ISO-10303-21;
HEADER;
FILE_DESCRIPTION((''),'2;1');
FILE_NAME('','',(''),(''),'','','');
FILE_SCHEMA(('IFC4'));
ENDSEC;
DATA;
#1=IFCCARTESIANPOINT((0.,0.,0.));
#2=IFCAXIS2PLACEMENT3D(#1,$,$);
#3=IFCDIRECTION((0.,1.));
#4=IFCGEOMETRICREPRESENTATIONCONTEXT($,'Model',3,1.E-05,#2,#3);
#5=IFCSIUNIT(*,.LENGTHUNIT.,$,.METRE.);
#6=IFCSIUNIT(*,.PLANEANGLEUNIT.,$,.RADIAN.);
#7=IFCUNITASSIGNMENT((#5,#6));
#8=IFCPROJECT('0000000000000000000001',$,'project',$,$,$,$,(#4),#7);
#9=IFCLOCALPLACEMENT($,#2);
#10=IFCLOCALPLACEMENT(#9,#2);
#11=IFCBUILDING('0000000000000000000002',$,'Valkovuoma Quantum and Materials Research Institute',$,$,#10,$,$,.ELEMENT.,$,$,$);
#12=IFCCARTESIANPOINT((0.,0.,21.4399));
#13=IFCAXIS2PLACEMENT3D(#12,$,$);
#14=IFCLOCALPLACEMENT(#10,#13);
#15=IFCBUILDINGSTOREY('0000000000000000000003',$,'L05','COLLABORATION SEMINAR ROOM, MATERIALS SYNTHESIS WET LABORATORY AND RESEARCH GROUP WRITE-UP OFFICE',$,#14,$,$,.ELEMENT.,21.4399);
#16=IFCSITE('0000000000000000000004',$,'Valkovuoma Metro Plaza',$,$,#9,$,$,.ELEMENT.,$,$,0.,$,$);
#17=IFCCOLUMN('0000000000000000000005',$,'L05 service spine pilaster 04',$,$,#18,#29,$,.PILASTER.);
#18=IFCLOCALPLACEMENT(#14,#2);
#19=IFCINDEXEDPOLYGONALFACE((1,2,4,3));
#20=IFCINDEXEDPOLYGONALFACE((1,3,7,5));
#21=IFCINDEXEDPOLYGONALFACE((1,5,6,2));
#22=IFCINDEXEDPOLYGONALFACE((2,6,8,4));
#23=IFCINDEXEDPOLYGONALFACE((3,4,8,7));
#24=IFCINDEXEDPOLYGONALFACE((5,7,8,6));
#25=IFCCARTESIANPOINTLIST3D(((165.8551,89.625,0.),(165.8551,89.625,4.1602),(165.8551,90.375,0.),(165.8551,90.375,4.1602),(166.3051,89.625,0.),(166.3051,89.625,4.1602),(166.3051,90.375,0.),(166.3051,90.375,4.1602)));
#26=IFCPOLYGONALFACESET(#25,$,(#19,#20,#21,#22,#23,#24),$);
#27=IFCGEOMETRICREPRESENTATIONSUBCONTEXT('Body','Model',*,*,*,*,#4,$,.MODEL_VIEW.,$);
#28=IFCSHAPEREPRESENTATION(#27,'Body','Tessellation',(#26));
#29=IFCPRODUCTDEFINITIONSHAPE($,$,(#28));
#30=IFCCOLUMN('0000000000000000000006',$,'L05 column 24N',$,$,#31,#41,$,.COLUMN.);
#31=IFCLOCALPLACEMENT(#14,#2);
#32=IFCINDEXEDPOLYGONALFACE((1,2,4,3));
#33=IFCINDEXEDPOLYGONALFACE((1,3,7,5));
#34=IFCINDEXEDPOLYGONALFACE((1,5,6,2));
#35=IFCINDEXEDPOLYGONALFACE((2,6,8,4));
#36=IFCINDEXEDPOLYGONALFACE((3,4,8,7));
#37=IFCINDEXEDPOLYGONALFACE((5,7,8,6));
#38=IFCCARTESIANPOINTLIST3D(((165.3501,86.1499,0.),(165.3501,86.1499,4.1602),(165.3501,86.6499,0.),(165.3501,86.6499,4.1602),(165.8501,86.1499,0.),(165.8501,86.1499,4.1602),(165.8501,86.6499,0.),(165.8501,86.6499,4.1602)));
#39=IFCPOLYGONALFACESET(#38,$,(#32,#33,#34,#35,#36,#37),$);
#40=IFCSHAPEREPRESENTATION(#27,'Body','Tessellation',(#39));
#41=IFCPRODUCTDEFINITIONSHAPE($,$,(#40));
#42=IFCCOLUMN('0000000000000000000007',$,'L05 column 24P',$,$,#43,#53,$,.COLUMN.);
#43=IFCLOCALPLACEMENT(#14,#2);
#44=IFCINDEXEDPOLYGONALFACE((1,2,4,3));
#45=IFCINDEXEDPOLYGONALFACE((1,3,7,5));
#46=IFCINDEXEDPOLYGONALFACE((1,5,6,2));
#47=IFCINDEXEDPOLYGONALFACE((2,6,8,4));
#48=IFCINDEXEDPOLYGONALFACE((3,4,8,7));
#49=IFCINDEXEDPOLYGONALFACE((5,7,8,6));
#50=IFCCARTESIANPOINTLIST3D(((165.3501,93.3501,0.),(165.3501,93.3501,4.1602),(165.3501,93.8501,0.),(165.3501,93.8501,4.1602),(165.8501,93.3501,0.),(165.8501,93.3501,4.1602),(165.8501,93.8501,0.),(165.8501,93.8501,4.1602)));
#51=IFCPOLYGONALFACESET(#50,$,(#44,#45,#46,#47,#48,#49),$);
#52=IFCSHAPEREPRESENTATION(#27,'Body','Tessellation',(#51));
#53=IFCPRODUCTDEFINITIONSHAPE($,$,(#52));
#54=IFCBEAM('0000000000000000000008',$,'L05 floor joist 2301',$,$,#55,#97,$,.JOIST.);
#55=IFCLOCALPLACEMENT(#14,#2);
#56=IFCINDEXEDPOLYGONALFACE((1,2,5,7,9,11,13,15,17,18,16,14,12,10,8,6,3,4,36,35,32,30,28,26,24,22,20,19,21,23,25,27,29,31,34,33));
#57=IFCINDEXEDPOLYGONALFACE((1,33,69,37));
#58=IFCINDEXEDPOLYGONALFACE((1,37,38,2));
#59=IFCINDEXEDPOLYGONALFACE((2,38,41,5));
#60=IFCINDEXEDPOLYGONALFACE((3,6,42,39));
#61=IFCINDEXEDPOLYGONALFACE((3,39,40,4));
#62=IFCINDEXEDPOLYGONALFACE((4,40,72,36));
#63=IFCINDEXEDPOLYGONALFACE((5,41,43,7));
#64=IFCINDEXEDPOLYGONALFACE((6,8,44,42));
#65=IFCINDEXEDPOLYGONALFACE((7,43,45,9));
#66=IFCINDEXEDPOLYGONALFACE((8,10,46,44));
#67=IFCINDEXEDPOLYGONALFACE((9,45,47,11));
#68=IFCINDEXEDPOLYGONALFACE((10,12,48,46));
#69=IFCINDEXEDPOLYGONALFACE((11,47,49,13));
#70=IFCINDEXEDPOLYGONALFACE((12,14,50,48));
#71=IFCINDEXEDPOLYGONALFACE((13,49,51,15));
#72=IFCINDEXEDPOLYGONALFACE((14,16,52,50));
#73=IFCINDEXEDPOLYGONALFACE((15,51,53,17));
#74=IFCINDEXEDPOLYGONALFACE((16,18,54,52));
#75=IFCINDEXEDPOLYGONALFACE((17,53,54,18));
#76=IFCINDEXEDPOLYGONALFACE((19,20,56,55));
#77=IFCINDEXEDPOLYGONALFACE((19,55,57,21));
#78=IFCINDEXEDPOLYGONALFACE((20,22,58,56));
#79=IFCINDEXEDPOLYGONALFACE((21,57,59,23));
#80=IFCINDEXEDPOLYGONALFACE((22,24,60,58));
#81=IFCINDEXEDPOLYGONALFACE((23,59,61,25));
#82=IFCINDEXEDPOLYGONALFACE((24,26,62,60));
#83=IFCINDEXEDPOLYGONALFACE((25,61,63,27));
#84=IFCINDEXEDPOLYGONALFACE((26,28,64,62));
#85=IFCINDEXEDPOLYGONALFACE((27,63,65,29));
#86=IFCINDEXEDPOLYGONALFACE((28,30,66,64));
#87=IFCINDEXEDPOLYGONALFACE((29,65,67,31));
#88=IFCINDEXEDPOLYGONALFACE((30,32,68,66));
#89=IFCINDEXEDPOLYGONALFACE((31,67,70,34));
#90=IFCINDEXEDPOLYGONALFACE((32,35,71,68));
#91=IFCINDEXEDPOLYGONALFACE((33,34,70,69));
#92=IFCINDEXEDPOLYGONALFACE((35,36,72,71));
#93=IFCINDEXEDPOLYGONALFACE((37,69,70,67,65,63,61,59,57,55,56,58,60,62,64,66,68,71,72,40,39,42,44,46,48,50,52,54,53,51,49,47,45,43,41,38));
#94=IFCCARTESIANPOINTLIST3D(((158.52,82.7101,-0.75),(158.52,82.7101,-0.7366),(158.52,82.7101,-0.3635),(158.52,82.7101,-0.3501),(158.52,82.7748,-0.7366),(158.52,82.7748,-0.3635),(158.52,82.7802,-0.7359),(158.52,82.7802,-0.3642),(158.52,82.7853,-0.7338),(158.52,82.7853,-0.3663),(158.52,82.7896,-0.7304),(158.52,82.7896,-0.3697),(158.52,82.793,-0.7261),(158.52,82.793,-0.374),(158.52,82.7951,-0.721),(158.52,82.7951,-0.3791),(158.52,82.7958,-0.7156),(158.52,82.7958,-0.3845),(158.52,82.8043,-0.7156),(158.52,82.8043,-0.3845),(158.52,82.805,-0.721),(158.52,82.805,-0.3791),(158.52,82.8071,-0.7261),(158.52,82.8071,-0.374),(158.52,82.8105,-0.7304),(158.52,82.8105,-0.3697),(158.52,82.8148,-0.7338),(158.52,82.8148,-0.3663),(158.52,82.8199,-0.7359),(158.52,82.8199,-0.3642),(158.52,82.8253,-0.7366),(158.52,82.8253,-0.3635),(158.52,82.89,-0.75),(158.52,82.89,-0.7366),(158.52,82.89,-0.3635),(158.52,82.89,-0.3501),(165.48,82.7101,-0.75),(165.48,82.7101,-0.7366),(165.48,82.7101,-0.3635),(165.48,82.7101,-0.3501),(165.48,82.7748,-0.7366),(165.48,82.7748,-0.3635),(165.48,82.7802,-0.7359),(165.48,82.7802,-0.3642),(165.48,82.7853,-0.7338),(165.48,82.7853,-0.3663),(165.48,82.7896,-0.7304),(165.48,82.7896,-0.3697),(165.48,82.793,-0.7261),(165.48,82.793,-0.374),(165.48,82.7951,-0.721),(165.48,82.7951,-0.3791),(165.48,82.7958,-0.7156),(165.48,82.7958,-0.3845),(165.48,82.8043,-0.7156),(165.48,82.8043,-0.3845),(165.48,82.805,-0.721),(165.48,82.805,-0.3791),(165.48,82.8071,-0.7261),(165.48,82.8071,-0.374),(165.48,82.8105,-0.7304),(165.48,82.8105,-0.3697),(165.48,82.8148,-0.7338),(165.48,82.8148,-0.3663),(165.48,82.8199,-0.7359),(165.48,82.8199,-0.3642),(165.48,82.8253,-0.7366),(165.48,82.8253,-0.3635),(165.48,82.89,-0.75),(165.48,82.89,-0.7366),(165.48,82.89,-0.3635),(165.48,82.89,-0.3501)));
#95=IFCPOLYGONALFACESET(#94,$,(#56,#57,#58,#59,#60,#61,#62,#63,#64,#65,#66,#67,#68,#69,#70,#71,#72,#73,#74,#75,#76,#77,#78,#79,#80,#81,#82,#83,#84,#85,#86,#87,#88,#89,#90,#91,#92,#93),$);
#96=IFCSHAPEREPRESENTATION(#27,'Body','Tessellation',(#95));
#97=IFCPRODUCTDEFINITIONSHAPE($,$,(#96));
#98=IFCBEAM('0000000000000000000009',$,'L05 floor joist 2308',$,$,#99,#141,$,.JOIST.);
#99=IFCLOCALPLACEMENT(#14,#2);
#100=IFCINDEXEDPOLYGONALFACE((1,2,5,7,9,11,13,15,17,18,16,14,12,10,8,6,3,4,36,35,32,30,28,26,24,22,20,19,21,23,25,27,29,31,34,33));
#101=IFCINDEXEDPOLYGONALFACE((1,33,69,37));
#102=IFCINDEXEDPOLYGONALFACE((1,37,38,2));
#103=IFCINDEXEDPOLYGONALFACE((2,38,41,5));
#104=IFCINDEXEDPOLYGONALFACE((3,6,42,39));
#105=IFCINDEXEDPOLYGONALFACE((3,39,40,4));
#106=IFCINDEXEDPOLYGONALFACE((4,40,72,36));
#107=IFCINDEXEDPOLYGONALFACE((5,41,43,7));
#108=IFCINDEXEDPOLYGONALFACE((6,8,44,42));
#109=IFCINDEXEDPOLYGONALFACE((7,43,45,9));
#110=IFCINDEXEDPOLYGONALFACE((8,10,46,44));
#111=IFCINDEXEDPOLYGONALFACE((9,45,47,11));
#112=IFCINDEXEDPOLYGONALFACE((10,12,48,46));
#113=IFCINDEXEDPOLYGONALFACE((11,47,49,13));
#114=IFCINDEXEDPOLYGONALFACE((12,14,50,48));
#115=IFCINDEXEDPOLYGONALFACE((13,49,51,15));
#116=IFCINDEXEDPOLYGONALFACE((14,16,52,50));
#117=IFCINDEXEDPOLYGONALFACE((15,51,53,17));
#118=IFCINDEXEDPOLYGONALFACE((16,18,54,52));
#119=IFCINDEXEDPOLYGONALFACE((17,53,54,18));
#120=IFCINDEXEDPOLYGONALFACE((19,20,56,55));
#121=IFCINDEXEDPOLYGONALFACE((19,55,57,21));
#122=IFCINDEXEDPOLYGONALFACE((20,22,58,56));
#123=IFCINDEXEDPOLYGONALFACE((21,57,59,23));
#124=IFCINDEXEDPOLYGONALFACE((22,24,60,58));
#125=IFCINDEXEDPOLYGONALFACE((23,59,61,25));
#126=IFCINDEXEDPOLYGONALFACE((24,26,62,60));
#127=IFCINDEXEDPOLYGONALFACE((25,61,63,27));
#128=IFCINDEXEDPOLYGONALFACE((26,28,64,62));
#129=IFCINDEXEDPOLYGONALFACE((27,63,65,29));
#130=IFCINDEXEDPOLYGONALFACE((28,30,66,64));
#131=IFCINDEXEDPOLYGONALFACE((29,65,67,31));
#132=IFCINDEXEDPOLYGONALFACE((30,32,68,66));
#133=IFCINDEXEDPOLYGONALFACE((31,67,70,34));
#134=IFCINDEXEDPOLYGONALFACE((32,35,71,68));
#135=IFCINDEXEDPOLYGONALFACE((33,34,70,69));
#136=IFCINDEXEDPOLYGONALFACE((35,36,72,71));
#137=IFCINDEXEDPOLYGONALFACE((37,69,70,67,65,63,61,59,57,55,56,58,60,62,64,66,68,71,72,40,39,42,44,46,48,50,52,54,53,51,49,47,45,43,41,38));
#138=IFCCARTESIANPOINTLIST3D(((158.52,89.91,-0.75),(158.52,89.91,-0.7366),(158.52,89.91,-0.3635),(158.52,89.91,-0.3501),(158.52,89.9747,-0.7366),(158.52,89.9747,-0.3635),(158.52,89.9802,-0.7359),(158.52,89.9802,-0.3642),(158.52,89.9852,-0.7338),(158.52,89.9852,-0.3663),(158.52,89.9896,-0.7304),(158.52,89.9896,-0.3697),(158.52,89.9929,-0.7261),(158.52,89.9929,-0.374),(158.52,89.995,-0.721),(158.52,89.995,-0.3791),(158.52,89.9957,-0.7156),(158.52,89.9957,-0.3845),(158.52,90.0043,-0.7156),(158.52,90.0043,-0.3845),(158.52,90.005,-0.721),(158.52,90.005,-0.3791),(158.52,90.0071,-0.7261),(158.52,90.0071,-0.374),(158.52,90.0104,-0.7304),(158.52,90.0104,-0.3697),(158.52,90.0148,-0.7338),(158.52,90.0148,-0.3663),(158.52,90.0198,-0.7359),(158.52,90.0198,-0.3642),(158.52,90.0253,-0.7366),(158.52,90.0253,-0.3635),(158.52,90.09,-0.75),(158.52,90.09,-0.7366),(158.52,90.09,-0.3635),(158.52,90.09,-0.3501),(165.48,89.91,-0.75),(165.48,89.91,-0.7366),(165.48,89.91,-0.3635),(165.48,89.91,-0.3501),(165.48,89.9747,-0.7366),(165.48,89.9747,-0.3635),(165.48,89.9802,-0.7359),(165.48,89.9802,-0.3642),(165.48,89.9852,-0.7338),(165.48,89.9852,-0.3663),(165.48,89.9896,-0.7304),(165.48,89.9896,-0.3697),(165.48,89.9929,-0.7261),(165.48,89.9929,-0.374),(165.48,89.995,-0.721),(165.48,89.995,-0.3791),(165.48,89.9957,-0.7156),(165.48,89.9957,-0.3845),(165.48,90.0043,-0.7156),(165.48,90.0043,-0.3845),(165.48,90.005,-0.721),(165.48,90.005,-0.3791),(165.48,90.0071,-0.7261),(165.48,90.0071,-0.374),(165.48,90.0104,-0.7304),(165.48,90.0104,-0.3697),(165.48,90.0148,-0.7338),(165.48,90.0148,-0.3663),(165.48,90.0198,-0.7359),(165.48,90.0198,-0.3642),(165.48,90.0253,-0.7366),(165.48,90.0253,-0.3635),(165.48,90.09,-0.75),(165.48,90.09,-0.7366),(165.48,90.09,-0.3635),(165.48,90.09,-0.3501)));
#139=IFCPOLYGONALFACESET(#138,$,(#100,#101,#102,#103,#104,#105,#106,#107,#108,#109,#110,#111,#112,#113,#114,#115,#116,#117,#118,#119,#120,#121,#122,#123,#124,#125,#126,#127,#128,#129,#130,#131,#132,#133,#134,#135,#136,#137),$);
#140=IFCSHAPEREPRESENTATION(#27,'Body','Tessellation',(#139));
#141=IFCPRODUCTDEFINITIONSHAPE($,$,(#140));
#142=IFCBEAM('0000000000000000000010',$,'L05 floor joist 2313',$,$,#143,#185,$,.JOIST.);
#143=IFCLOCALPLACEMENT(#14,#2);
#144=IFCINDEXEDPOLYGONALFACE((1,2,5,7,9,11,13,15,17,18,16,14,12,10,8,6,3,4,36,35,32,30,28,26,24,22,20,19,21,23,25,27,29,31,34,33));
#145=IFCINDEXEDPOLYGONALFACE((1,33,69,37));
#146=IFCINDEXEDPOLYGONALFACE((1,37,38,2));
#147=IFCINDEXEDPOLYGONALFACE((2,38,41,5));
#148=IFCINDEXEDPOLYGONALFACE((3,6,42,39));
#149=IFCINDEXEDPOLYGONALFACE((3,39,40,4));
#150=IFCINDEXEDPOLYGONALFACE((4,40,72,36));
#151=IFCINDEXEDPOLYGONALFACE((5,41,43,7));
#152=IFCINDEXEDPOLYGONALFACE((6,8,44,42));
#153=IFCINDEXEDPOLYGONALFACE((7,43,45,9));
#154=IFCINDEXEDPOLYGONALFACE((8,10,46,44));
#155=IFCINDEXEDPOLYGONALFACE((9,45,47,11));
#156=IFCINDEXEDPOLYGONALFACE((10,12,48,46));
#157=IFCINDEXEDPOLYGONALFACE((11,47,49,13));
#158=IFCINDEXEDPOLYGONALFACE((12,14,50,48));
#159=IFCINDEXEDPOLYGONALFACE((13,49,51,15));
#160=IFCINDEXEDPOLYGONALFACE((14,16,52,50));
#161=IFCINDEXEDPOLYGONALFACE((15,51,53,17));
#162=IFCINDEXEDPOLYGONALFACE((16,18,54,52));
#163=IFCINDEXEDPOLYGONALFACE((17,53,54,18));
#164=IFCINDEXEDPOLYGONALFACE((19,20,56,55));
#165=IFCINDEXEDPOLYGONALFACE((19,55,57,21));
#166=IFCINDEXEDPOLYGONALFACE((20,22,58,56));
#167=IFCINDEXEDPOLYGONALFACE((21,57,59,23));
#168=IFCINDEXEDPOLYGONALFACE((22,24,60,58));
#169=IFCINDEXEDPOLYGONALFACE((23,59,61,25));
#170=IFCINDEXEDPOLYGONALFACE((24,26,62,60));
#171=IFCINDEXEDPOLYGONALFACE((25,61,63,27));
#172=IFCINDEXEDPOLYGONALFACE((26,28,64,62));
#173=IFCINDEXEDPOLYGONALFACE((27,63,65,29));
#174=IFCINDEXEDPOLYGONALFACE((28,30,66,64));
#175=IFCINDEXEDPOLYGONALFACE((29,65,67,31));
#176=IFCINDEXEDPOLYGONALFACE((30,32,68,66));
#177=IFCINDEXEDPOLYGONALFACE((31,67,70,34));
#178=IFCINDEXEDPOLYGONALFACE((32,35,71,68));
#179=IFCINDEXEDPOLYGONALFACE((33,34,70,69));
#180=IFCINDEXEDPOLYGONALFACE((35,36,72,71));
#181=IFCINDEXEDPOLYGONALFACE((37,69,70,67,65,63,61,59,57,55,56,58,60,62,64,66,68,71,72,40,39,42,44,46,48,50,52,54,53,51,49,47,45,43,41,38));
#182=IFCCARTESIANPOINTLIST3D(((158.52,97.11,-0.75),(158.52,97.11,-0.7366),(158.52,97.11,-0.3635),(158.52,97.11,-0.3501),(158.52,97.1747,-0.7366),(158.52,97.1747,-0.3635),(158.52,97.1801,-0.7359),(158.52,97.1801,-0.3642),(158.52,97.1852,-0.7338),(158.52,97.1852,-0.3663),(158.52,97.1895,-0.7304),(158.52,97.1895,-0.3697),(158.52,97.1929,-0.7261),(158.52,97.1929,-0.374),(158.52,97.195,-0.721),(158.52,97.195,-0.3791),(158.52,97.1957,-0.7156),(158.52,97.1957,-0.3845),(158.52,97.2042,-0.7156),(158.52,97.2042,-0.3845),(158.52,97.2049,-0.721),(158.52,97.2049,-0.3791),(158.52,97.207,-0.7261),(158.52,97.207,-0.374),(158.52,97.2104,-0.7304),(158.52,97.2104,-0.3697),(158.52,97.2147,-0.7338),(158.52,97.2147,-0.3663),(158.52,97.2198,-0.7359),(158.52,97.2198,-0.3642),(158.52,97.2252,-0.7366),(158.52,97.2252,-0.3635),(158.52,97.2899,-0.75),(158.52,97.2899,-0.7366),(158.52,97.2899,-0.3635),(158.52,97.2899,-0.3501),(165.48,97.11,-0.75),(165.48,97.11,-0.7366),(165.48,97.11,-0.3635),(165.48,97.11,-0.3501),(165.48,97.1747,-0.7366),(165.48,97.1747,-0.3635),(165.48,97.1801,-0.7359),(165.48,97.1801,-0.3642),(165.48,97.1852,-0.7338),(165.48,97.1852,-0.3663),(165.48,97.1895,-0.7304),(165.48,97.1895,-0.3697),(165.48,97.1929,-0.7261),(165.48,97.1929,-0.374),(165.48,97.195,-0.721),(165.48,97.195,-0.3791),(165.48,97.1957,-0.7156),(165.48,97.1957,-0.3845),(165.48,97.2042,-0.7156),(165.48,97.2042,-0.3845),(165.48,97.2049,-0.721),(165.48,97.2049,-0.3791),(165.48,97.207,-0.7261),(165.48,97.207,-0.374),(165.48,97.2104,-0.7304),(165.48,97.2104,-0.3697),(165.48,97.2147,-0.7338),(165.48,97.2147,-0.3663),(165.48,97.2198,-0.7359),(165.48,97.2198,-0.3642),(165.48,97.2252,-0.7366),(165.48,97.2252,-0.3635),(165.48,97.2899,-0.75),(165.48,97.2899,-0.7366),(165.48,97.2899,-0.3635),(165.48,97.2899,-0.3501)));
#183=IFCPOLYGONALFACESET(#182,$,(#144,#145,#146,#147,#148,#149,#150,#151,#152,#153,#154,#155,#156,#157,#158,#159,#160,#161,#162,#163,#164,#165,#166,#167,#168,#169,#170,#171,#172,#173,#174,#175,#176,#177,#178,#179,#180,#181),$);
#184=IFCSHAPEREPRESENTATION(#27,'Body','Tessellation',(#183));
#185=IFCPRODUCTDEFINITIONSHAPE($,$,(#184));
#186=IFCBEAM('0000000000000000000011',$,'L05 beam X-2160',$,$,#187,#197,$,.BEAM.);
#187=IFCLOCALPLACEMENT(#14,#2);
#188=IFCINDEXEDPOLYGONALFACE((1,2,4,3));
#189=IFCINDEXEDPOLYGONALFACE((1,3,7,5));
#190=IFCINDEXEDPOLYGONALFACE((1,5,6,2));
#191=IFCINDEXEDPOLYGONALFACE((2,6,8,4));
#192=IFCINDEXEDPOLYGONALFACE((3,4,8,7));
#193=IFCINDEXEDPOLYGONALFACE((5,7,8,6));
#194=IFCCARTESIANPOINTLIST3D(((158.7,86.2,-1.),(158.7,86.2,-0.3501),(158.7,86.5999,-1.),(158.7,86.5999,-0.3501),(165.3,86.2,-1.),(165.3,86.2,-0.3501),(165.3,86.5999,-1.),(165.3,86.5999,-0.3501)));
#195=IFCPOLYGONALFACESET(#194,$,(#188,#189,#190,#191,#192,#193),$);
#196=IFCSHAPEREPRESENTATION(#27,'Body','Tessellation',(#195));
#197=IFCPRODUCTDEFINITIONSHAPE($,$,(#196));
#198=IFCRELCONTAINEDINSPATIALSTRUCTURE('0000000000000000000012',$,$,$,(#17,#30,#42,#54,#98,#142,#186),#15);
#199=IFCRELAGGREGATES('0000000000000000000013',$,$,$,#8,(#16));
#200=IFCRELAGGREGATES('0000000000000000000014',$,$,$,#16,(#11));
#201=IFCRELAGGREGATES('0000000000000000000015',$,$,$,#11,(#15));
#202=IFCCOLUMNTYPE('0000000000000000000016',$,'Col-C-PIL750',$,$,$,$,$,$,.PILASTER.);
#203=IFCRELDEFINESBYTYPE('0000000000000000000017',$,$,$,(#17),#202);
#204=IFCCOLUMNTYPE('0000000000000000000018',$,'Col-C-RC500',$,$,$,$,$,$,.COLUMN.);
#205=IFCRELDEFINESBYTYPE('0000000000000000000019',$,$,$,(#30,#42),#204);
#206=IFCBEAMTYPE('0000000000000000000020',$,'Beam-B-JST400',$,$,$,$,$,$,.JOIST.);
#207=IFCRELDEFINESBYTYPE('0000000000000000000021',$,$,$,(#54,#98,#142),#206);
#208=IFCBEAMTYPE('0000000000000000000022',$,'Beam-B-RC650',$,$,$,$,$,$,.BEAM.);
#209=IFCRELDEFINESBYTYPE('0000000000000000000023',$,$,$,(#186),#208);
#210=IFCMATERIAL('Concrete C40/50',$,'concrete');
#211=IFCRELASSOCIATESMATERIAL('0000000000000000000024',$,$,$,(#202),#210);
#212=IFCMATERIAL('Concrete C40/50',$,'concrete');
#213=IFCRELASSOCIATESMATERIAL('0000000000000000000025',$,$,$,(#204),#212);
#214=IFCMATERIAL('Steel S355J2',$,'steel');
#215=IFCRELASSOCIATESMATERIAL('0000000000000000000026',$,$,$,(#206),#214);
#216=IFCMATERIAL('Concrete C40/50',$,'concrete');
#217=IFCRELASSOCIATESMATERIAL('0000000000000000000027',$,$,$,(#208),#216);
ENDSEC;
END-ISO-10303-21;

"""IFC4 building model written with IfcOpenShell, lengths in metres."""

from ifc_helpers import new_model, si_unit, direction, frame, origin, origin_2d, place, context, subcontext, project, spatial, rectangle, i_section, extrude, material, material_profile, profile_set, type_object, element, save


model = new_model("IFC4")

# Units and contexts
model_context = context("Model", 3, precision=1e-05, world=origin(), true_north=direction((0.0, 1.0)))
body_context = subcontext(model_context, "Body", "Model", "MODEL_VIEW")
ifc_project = project(units=[si_unit("LENGTHUNIT", "METRE"), si_unit("PLANEANGLEUNIT", "RADIAN")], contexts=[model_context])

# Site, building, storey
site_placement = place(None, origin())
site = spatial("IfcSite", under=ifc_project, at=site_placement, Name="Valkovuoma Metro Plaza", CompositionType="ELEMENT", RefElevation=0.0)
building_placement = place(site_placement, origin())
building = spatial("IfcBuilding", under=site, at=building_placement, Name="Valkovuoma Quantum and Materials Research Institute", CompositionType="ELEMENT")
storey_placement = place(building_placement, frame((0.0, 0.0, 21.4399)))
storey = spatial("IfcBuildingStorey", under=building, at=storey_placement, Name="L05", Description="COLLABORATION SEMINAR ROOM, MATERIALS SYNTHESIS WET LABORATORY AND RESEARCH GROUP WRITE-UP OFFICE", CompositionType="ELEMENT", Elevation=21.4399)

# Columns
ifc_material_1 = material(Name="Concrete C40/50", Category="concrete")
ifc_material_profile_1 = material_profile(ifc_material_1, rectangle(XDim=0.45, YDim=0.75, at=origin_2d()), Name="Concrete C40/50")
ifc_profile_set_1 = profile_set([ifc_material_profile_1], Name="Concrete C40/50")
column_type_1 = type_object("IfcColumnType", Name="Col-C-PIL750", PredefinedType="PILASTER", material=ifc_profile_set_1)
column_placement = place(storey_placement, frame((166.0801, 90.0, 0.0), z_axis=(0.0, 0.0, 1.0), x_axis=(1.0, 0.0, 0.0)))
element("IfcColumn", 1, at=column_placement, inside=storey, type_object=column_type_1, Name="L05 service spine pilaster 04", PredefinedType="PILASTER", context=body_context, shape_type="SweptSolid", body=[
    extrude(rectangle(XDim=0.45, YDim=0.75, at=origin_2d()), origin(), (0.0, 0.0, 1.0), 4.1602),
])
ifc_material_2 = material(Name="Concrete C40/50", Category="concrete")
ifc_material_profile_2 = material_profile(ifc_material_2, rectangle(XDim=0.5, YDim=0.5, at=origin_2d()), Name="Concrete C40/50")
ifc_profile_set_2 = profile_set([ifc_material_profile_2], Name="Concrete C40/50")
column_type_2 = type_object("IfcColumnType", Name="Col-C-RC500", PredefinedType="COLUMN", material=ifc_profile_set_2)
for number, where, z_axis, x_axis, name in (
    (2, (165.6001, 86.3999, 0.0), (0.0, 0.0, 1.0), (1.0, 0.0, 0.0), "L05 column 24N"),
    (3, (165.6001, 93.6001, 0.0), (0.0, 0.0, 1.0), (1.0, 0.0, 0.0), "L05 column 24P"),
):
    element("IfcColumn", number, at=place(storey_placement, frame(where, z_axis=z_axis, x_axis=x_axis)), inside=storey, type_object=column_type_2, Name=name, PredefinedType="COLUMN", context=body_context, shape_type="SweptSolid", body=[
        extrude(rectangle(XDim=0.5, YDim=0.5, at=origin_2d()), origin(), (0.0, 0.0, 1.0), 4.1602),
    ])

# Beams
ifc_material_3 = material(Name="Steel S355J2", Category="steel")
ifc_material_profile_3 = material_profile(ifc_material_3, i_section(OverallWidth=0.1799, OverallDepth=0.3999, WebThickness=0.0085, FlangeThickness=0.0134, FilletRadius=0.021, at=origin_2d()), Name="Steel S355J2")
ifc_profile_set_3 = profile_set([ifc_material_profile_3], Name="Steel S355J2")
beam_type_1 = type_object("IfcBeamType", Name="Beam-B-JST400", PredefinedType="JOIST", material=ifc_profile_set_3)
for number, where, z_axis, x_axis, name in (
    (4, (158.52, 82.8, -0.55), (1.0, 0.0, 0.0), (0.0, 1.0, 0.0), "L05 floor joist 2301"),
    (5, (158.52, 90.0, -0.55), (1.0, 0.0, 0.0), (0.0, 1.0, 0.0), "L05 floor joist 2308"),
    (6, (158.52, 97.2, -0.55), (1.0, 0.0, 0.0), (0.0, 1.0, 0.0), "L05 floor joist 2313"),
):
    element("IfcBeam", number, at=place(storey_placement, frame(where, z_axis=z_axis, x_axis=x_axis)), inside=storey, type_object=beam_type_1, Name=name, PredefinedType="JOIST", context=body_context, shape_type="SweptSolid", body=[
        extrude(i_section(OverallWidth=0.1799, OverallDepth=0.3999, WebThickness=0.0085, FlangeThickness=0.0134, FilletRadius=0.021, at=origin_2d()), origin(), (0.0, 0.0, 1.0), 6.96),
    ])
ifc_material_4 = material(Name="Concrete C40/50", Category="concrete")
ifc_material_profile_4 = material_profile(ifc_material_4, rectangle(XDim=0.3999, YDim=0.6499, at=origin_2d()), Name="Concrete C40/50")
ifc_profile_set_4 = profile_set([ifc_material_profile_4], Name="Concrete C40/50")
beam_type_2 = type_object("IfcBeamType", Name="Beam-B-RC650", PredefinedType="BEAM", material=ifc_profile_set_4)
for number, where, z_axis, x_axis, name in (
    (7, (158.7, 86.3999, -0.675), (1.0, 0.0, 0.0), (0.0, 1.0, 0.0), "L05 beam X-2160"),
):
    element("IfcBeam", number, at=place(storey_placement, frame(where, z_axis=z_axis, x_axis=x_axis)), inside=storey, type_object=beam_type_2, Name=name, PredefinedType="BEAM", context=body_context, shape_type="SweptSolid", body=[
        extrude(rectangle(XDim=0.3999, YDim=0.6499, at=origin_2d()), origin(), (0.0, 0.0, 1.0), 6.6001),
    ])

save(model, "model.ifc")
